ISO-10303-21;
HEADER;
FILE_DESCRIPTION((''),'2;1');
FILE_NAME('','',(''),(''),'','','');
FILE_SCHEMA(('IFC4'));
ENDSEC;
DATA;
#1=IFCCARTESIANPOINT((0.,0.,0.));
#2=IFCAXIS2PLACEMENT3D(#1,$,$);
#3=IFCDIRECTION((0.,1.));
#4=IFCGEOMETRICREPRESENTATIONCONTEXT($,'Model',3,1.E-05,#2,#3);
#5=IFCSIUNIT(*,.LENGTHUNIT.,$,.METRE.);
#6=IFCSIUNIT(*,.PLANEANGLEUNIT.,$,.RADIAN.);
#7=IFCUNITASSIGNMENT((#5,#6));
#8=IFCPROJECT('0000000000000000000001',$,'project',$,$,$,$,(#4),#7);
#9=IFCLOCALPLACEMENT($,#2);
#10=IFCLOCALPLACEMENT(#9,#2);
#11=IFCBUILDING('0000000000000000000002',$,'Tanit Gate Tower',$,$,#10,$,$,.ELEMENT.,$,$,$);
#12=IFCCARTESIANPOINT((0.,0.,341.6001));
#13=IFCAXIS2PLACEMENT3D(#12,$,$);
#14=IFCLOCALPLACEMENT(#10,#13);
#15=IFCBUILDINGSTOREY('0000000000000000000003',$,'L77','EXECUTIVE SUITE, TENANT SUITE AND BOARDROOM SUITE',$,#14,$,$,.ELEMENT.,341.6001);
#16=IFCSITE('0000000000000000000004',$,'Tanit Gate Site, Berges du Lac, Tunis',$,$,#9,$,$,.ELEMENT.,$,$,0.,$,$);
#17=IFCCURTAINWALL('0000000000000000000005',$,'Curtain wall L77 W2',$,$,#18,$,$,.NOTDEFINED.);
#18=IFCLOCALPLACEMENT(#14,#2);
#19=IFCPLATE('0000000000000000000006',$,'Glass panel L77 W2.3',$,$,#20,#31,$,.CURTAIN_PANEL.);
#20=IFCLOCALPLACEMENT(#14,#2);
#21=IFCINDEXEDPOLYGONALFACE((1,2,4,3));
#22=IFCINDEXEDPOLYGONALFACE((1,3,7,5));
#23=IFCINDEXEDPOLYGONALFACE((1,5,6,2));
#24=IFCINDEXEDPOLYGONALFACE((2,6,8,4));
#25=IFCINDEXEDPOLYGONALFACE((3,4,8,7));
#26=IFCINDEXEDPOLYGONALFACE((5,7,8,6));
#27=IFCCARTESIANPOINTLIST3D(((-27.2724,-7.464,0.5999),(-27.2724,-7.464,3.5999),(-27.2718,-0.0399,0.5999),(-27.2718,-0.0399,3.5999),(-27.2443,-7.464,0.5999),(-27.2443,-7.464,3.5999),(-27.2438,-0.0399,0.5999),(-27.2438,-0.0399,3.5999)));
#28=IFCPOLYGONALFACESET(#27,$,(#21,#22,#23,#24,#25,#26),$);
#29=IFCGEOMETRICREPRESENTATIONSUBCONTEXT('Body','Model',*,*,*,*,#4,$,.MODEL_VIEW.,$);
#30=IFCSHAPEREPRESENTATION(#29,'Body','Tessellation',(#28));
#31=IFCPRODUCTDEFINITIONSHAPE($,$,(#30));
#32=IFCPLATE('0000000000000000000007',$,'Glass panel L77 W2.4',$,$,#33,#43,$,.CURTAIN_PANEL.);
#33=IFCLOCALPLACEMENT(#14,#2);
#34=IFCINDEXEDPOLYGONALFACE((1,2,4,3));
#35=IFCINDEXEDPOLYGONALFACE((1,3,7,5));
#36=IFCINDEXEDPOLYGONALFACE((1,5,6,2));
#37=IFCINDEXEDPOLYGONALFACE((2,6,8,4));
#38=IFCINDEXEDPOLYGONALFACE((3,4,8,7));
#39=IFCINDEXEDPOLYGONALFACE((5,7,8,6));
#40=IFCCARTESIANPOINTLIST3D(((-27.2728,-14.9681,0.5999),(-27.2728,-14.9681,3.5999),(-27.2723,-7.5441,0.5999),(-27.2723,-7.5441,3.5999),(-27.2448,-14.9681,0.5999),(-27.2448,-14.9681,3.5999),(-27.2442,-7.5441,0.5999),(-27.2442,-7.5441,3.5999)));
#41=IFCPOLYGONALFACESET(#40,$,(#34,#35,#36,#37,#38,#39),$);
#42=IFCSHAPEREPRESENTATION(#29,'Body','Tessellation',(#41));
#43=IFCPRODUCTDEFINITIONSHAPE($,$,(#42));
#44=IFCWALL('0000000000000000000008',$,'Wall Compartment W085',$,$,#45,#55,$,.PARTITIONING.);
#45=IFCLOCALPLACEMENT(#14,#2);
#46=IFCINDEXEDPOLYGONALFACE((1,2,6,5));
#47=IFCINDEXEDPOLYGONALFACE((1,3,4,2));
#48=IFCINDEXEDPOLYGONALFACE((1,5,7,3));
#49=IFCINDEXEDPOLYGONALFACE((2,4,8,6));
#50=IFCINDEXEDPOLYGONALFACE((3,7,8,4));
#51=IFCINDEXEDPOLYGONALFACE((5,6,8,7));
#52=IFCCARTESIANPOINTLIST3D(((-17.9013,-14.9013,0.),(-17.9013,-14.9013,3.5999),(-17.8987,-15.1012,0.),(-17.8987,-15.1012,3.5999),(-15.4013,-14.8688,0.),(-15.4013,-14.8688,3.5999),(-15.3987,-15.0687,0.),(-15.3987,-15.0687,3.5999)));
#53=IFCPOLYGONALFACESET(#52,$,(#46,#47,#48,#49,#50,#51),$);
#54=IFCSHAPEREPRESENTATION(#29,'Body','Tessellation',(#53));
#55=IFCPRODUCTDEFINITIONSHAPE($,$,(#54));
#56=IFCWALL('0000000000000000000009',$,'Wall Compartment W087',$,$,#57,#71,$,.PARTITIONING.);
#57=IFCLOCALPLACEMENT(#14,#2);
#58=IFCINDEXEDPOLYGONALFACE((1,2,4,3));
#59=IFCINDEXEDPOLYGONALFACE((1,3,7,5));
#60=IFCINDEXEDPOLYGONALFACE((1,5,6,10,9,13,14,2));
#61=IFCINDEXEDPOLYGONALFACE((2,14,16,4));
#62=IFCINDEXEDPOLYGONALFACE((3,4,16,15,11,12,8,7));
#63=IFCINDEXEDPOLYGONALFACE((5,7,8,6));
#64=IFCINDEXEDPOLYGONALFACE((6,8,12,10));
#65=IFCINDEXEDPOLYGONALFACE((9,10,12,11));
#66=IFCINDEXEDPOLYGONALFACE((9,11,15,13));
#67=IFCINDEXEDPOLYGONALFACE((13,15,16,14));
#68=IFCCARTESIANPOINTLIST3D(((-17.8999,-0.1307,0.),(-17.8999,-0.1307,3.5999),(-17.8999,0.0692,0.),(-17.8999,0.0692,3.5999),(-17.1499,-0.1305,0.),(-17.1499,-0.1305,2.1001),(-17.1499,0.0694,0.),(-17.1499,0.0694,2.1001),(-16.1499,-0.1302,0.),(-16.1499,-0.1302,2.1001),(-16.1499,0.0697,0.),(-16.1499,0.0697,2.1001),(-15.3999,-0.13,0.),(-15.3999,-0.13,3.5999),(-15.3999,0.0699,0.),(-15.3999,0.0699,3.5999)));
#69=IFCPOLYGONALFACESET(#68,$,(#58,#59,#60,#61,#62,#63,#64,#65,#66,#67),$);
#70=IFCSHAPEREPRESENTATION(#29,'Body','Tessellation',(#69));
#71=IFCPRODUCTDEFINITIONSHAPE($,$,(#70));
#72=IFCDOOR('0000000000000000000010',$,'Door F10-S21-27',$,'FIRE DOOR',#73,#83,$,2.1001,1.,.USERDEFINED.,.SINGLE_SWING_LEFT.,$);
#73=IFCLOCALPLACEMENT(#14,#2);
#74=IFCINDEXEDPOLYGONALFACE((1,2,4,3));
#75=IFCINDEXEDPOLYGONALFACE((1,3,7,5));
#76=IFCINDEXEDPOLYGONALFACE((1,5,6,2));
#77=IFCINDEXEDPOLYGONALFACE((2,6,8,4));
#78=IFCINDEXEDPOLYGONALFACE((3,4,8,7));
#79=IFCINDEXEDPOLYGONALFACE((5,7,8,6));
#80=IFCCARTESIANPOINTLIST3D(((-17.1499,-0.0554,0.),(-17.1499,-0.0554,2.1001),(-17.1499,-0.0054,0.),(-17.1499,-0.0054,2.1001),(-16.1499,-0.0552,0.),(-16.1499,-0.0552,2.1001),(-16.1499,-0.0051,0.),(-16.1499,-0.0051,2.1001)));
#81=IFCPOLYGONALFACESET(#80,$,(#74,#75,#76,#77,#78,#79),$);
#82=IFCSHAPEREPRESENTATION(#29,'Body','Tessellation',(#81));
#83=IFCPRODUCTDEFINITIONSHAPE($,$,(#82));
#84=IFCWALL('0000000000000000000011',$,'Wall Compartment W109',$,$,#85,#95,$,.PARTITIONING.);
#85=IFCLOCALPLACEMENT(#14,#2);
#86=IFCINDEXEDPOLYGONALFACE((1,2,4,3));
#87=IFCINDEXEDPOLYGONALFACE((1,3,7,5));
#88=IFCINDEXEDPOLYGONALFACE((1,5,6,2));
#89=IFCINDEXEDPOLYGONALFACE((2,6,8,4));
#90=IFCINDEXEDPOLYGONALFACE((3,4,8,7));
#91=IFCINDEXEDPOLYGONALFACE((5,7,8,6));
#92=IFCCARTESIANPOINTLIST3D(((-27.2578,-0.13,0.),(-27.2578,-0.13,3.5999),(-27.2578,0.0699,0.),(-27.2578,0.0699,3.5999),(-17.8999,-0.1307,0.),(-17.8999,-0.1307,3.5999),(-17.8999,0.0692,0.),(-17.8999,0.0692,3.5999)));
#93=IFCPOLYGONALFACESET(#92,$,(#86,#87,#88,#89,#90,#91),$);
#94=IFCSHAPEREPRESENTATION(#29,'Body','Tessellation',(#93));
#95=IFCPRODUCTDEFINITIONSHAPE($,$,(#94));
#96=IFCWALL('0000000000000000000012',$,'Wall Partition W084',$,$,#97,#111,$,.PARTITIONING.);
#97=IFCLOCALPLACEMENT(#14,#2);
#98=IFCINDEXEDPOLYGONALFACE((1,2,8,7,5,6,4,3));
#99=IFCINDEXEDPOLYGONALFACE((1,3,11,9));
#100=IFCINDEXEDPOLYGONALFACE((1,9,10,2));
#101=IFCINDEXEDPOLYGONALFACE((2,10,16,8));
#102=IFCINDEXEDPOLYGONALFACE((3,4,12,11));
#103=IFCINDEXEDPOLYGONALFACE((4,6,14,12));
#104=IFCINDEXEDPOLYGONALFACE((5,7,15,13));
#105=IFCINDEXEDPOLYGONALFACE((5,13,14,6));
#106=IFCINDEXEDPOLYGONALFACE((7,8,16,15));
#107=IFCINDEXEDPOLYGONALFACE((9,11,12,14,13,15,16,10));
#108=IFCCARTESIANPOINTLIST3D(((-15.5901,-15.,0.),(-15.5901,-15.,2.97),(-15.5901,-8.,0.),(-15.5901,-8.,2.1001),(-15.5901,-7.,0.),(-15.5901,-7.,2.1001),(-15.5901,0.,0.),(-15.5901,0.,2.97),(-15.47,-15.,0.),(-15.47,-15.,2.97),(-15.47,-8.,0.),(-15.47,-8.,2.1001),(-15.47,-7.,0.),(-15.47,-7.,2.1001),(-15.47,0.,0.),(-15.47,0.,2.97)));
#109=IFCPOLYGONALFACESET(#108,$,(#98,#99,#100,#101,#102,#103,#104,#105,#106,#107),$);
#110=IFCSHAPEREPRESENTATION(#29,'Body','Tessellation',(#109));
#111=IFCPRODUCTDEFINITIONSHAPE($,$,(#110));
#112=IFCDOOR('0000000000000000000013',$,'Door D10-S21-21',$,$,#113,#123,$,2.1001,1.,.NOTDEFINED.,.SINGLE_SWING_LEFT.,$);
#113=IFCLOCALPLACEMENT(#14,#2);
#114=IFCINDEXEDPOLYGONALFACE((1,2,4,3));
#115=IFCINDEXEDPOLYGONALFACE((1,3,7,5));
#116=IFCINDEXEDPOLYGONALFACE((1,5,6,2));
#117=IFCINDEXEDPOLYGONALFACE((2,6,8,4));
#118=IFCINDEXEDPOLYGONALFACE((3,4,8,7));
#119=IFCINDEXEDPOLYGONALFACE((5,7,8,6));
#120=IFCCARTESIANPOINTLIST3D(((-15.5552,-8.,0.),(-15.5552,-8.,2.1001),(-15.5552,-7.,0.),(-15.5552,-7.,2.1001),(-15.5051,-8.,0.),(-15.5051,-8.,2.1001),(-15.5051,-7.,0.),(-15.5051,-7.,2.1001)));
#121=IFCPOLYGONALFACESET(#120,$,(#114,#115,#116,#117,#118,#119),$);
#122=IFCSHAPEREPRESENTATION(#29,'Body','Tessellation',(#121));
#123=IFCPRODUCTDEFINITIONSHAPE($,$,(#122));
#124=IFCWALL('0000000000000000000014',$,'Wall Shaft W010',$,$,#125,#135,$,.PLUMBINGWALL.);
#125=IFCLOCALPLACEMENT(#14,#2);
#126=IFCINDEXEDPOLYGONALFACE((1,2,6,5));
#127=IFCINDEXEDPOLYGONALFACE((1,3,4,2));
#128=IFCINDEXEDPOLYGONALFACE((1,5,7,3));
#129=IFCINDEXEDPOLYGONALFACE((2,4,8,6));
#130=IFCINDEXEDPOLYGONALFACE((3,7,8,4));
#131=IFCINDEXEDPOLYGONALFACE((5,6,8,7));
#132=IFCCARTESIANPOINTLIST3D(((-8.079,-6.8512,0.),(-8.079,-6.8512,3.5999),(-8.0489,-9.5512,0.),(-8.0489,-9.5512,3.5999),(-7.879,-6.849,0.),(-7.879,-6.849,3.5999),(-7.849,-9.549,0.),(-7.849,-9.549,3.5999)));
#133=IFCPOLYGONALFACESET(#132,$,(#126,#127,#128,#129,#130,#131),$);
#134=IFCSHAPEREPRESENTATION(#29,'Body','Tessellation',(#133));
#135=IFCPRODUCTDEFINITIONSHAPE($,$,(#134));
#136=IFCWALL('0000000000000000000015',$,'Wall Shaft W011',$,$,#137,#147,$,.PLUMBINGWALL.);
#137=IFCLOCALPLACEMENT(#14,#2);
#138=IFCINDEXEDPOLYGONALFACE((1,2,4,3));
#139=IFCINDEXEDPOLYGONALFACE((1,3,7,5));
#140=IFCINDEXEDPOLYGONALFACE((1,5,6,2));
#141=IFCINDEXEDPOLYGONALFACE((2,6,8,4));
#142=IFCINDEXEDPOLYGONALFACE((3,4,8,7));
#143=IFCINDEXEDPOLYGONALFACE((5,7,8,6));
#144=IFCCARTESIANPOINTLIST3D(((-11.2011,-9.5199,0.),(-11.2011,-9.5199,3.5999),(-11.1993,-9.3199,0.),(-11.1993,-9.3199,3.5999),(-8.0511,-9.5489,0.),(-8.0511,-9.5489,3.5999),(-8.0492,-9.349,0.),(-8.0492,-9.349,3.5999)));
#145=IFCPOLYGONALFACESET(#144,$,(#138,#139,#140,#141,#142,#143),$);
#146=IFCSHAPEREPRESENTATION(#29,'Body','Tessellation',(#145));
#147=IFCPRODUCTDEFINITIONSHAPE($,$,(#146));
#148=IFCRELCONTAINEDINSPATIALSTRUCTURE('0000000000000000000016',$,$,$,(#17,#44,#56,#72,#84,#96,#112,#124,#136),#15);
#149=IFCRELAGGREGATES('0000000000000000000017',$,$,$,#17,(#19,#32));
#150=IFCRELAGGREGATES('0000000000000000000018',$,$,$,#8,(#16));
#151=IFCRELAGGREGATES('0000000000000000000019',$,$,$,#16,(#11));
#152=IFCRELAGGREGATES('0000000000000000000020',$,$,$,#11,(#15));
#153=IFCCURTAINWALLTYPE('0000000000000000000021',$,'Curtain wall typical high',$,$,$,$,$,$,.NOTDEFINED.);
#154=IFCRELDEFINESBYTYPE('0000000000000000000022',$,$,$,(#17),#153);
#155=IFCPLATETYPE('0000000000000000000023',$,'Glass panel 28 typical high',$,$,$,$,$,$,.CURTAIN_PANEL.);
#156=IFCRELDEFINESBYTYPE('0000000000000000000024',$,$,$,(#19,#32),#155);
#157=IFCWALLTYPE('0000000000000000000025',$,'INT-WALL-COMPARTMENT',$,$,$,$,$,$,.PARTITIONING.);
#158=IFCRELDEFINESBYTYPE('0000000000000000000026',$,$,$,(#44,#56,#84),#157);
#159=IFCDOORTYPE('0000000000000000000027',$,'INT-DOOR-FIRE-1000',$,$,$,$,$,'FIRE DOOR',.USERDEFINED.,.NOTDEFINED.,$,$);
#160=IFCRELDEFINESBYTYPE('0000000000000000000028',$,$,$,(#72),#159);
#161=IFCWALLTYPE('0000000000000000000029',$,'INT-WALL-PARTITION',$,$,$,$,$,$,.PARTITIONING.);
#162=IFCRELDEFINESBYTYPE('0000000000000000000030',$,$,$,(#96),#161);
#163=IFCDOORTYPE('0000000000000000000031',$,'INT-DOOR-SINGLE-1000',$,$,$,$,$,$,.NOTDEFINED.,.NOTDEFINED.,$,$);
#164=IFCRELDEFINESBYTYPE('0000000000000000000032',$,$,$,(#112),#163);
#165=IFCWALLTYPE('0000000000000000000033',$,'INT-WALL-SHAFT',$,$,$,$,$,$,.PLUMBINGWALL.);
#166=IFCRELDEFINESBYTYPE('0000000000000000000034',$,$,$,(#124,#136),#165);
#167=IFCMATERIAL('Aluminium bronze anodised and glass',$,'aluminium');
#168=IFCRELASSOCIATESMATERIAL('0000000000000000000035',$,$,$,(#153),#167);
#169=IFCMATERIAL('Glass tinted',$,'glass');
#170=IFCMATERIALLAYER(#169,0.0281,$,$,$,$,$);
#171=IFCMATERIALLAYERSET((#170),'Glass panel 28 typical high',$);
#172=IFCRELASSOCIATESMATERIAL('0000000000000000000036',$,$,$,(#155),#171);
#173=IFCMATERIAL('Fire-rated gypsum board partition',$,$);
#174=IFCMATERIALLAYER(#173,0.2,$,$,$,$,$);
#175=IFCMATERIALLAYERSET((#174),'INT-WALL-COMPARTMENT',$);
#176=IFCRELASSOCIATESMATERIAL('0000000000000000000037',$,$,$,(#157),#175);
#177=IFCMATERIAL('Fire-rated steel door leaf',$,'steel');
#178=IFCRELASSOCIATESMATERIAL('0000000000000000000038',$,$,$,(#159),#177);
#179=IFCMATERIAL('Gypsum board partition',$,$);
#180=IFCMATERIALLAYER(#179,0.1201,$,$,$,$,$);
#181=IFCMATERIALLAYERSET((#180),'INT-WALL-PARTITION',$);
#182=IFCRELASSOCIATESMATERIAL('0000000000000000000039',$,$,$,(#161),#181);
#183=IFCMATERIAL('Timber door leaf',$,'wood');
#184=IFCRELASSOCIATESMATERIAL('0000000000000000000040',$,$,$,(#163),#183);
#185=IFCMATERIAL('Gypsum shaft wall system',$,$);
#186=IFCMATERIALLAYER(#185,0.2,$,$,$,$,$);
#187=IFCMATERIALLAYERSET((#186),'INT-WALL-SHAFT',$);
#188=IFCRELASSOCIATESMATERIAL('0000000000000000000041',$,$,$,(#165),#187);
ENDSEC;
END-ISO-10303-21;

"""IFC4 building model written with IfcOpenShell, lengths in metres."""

from ifc_helpers import new_model, si_unit, direction, frame, frame_2d, origin, origin_2d, place, context, subcontext, project, spatial, rectangle, extrude, material, layer, layer_set, type_object, element, fill, aggregate, save


model = new_model("IFC4")

# Units and contexts
model_context = context("Model", 3, precision=1e-05, world=origin(), true_north=direction((0.0, 1.0)))
body_context = subcontext(model_context, "Body", "Model", "MODEL_VIEW")
ifc_project = project(units=[si_unit("LENGTHUNIT", "METRE"), si_unit("PLANEANGLEUNIT", "RADIAN")], contexts=[model_context])

# Site, building, storey
site_placement = place(None, origin())
site = spatial("IfcSite", under=ifc_project, at=site_placement, Name="Tanit Gate Site, Berges du Lac, Tunis", CompositionType="ELEMENT", RefElevation=0.0)
building_placement = place(site_placement, origin())
building = spatial("IfcBuilding", under=site, at=building_placement, Name="Tanit Gate Tower", CompositionType="ELEMENT")
storey_placement = place(building_placement, frame((0.0, 0.0, 341.6001)))
storey = spatial("IfcBuildingStorey", under=building, at=storey_placement, Name="L77", Description="EXECUTIVE SUITE, TENANT SUITE AND BOARDROOM SUITE", CompositionType="ELEMENT", Elevation=341.6001)

# Curtain wall
ifc_material_1 = material(Name="Aluminium bronze anodised and glass", Category="aluminium")
curtain_wall_type = type_object("IfcCurtainWallType", Name="Curtain wall typical high", PredefinedType="NOTDEFINED", material=ifc_material_1)
curtain_wall_placement = place(storey_placement, origin())
curtain_wall = element("IfcCurtainWall", 1, at=curtain_wall_placement, inside=storey, type_object=curtain_wall_type, Name="Curtain wall L77 W2", PredefinedType="NOTDEFINED")

# Plates
ifc_material_2 = material(Name="Glass tinted", Category="glass")
ifc_layer_1 = layer(ifc_material_2, 0.0281)
ifc_layer_set_1 = layer_set([ifc_layer_1], Name="Glass panel 28 typical high")
plate_type = type_object("IfcPlateType", Name="Glass panel 28 typical high", PredefinedType="CURTAIN_PANEL", material=ifc_layer_set_1)
plate_1_placement = place(storey_placement, frame((-27.2581, -3.752, 0.5999), z_axis=(0.0, 0.0, 1.0), x_axis=(-0.000069, -1.0, 0.0)))
plate_1 = element("IfcPlate", 2, at=plate_1_placement, type_object=plate_type, Name="Glass panel L77 W2.3", PredefinedType="CURTAIN_PANEL", context=body_context, shape_type="SweptSolid", body=[
    extrude(rectangle(XDim=7.4241, YDim=0.0281, at=origin_2d()), origin(), (0.0, 0.0, 1.0), 3.0),
])
plate_2_placement = place(storey_placement, frame((-27.2585, -11.2561, 0.5999), z_axis=(0.0, 0.0, 1.0), x_axis=(-0.000069, -1.0, 0.0)))
plate_2 = element("IfcPlate", 3, at=plate_2_placement, type_object=plate_type, Name="Glass panel L77 W2.4", PredefinedType="CURTAIN_PANEL", context=body_context, shape_type="SweptSolid", body=[
    extrude(rectangle(XDim=7.4241, YDim=0.0281, at=origin_2d()), origin(), (0.0, 0.0, 1.0), 3.0),
])
aggregate(curtain_wall, [plate_1, plate_2])

# Wall
ifc_material_3 = material(Name="Fire-rated gypsum board partition")
ifc_layer_2 = layer(ifc_material_3, 0.2)
ifc_layer_set_2 = layer_set([ifc_layer_2], Name="INT-WALL-COMPARTMENT")
wall_type_1 = type_object("IfcWallType", Name="INT-WALL-COMPARTMENT", PredefinedType="PARTITIONING", material=ifc_layer_set_2)
wall_1_placement = place(storey_placement, frame((-17.8999, -15.0012, 0.0), z_axis=(0.0, 0.0, 1.0), x_axis=(0.999916, 0.012987, 0.0)))
element("IfcWall", 4, at=wall_1_placement, inside=storey, type_object=wall_type_1, Name="Wall Compartment W085", PredefinedType="PARTITIONING", context=body_context, shape_type="SweptSolid", body=[
    extrude(rectangle(XDim=2.5002, YDim=0.2, at=frame_2d((1.25, 0.0))), origin(), (0.0, 0.0, 1.0), 3.5999),
])

# Wall, opening, door
wall_2_placement = place(storey_placement, frame((-15.3999, -0.03, 0.0), z_axis=(0.0, 0.0, 1.0), x_axis=(-1.0, -0.000293, 0.0)))
wall_2 = element("IfcWall", 5, at=wall_2_placement, inside=storey, type_object=wall_type_1, Name="Wall Compartment W087", PredefinedType="PARTITIONING", context=body_context, shape_type="SweptSolid", body=[
    extrude(rectangle(XDim=2.5, YDim=0.2, at=frame_2d((1.25, 0.0))), origin(), (0.0, 0.0, 1.0), 3.5999),
])
opening_1_placement = place(wall_2_placement, frame((0.75, 0.0, 0.0)))
opening_1 = element("IfcOpeningElement", 6, at=opening_1_placement, cuts=wall_2, PredefinedType="OPENING", context=body_context, shape_type="SweptSolid", body=[
    extrude(rectangle(XDim=1.0, YDim=2.1001, at=frame_2d((0.5, 1.05))), frame((0.0, 0.1099, 0.0), z_axis=(0.0, -1.0, 0.0), x_axis=(1.0, 0.0, 0.0)), (0.0, 0.0, 1.0), 0.22),
])
ifc_material_4 = material(Name="Fire-rated steel door leaf", Category="steel")
door_type_1 = type_object("IfcDoorType", Name="INT-DOOR-FIRE-1000", ElementType="FIRE DOOR", OperationType="NOTDEFINED", PredefinedType="USERDEFINED", material=ifc_material_4)
door_1_placement = place(opening_1_placement, origin())
door_1 = element("IfcDoor", 7, at=door_1_placement, inside=storey, type_object=door_type_1, Name="Door F10-S21-27", ObjectType="FIRE DOOR", OperationType="SINGLE_SWING_LEFT", OverallHeight=2.1001, OverallWidth=1.0, PredefinedType="USERDEFINED", context=body_context, shape_type="SweptSolid", body=[
    extrude(rectangle(XDim=1.0, YDim=2.1001, at=frame_2d((0.5, 1.05))), frame((0.0, 0.0249, 0.0), z_axis=(0.0, -1.0, 0.0), x_axis=(1.0, 0.0, 0.0)), (0.0, 0.0, 1.0), 0.05),
])
fill(opening_1, door_1)

# Wall
wall_3_placement = place(storey_placement, frame((-27.2578, -0.03, 0.0), z_axis=(0.0, 0.0, 1.0), x_axis=(1.0, -0.000078, 0.0)))
element("IfcWall", 8, at=wall_3_placement, inside=storey, type_object=wall_type_1, Name="Wall Compartment W109", PredefinedType="PARTITIONING", context=body_context, shape_type="SweptSolid", body=[
    extrude(rectangle(XDim=9.3579, YDim=0.2, at=frame_2d((4.679, 0.0))), origin(), (0.0, 0.0, 1.0), 3.5999),
])

# Wall, opening, door
ifc_material_5 = material(Name="Gypsum board partition")
ifc_layer_3 = layer(ifc_material_5, 0.1201)
ifc_layer_set_3 = layer_set([ifc_layer_3], Name="INT-WALL-PARTITION")
wall_type_2 = type_object("IfcWallType", Name="INT-WALL-PARTITION", PredefinedType="PARTITIONING", material=ifc_layer_set_3)
wall_4_placement = place(storey_placement, frame((-15.53, 0.0, 0.0), z_axis=(0.0, 0.0, 1.0), x_axis=(0.0, -1.0, 0.0)))
wall_4 = element("IfcWall", 9, at=wall_4_placement, inside=storey, type_object=wall_type_2, Name="Wall Partition W084", PredefinedType="PARTITIONING", context=body_context, shape_type="SweptSolid", body=[
    extrude(rectangle(XDim=15.0, YDim=0.1201, at=frame_2d((7.5, 0.0))), origin(), (0.0, 0.0, 1.0), 2.97),
])
opening_2_placement = place(wall_4_placement, frame((7.0, 0.0, 0.0)))
opening_2 = element("IfcOpeningElement", 10, at=opening_2_placement, cuts=wall_4, PredefinedType="OPENING", context=body_context, shape_type="SweptSolid", body=[
    extrude(rectangle(XDim=1.0, YDim=2.1001, at=frame_2d((0.5, 1.05))), frame((0.0, 0.0701, 0.0), z_axis=(0.0, -1.0, 0.0), x_axis=(1.0, 0.0, 0.0)), (0.0, 0.0, 1.0), 0.1401),
])
ifc_material_6 = material(Name="Timber door leaf", Category="wood")
door_type_2 = type_object("IfcDoorType", Name="INT-DOOR-SINGLE-1000", OperationType="NOTDEFINED", PredefinedType="NOTDEFINED", material=ifc_material_6)
door_2_placement = place(opening_2_placement, origin())
door_2 = element("IfcDoor", 11, at=door_2_placement, inside=storey, type_object=door_type_2, Name="Door D10-S21-21", OperationType="SINGLE_SWING_LEFT", OverallHeight=2.1001, OverallWidth=1.0, PredefinedType="NOTDEFINED", context=body_context, shape_type="SweptSolid", body=[
    extrude(rectangle(XDim=1.0, YDim=2.1001, at=frame_2d((0.5, 1.05))), frame((0.0, 0.0249, 0.0), z_axis=(0.0, -1.0, 0.0), x_axis=(1.0, 0.0, 0.0)), (0.0, 0.0, 1.0), 0.05),
])
fill(opening_2, door_2)

# Walls
ifc_material_7 = material(Name="Gypsum shaft wall system")
ifc_layer_4 = layer(ifc_material_7, 0.2)
ifc_layer_set_4 = layer_set([ifc_layer_4], Name="INT-WALL-SHAFT")
wall_type_3 = type_object("IfcWallType", Name="INT-WALL-SHAFT", PredefinedType="PLUMBINGWALL", material=ifc_layer_set_4)
wall_5_placement = place(storey_placement, frame((-7.979, -6.8501, 0.0), z_axis=(0.0, 0.0, 1.0), x_axis=(0.011121, -0.999938, 0.0)))
element("IfcWall", 12, at=wall_5_placement, inside=storey, type_object=wall_type_3, Name="Wall Shaft W010", PredefinedType="PLUMBINGWALL", context=body_context, shape_type="SweptSolid", body=[
    extrude(rectangle(XDim=2.7002, YDim=0.2, at=frame_2d((1.3501, 0.0))), origin(), (0.0, 0.0, 1.0), 3.5999),
])
wall_6_placement = place(storey_placement, frame((-8.05, -9.449, 0.0), z_axis=(0.0, 0.0, 1.0), x_axis=(-0.999957, 0.009223, 0.0)))
element("IfcWall", 13, at=wall_6_placement, inside=storey, type_object=wall_type_3, Name="Wall Shaft W011", PredefinedType="PLUMBINGWALL", context=body_context, shape_type="SweptSolid", body=[
    extrude(rectangle(XDim=3.1501, YDim=0.2, at=frame_2d((1.5752, 0.0))), origin(), (0.0, 0.0, 1.0), 3.5999),
])

save(model, "model.ifc")
